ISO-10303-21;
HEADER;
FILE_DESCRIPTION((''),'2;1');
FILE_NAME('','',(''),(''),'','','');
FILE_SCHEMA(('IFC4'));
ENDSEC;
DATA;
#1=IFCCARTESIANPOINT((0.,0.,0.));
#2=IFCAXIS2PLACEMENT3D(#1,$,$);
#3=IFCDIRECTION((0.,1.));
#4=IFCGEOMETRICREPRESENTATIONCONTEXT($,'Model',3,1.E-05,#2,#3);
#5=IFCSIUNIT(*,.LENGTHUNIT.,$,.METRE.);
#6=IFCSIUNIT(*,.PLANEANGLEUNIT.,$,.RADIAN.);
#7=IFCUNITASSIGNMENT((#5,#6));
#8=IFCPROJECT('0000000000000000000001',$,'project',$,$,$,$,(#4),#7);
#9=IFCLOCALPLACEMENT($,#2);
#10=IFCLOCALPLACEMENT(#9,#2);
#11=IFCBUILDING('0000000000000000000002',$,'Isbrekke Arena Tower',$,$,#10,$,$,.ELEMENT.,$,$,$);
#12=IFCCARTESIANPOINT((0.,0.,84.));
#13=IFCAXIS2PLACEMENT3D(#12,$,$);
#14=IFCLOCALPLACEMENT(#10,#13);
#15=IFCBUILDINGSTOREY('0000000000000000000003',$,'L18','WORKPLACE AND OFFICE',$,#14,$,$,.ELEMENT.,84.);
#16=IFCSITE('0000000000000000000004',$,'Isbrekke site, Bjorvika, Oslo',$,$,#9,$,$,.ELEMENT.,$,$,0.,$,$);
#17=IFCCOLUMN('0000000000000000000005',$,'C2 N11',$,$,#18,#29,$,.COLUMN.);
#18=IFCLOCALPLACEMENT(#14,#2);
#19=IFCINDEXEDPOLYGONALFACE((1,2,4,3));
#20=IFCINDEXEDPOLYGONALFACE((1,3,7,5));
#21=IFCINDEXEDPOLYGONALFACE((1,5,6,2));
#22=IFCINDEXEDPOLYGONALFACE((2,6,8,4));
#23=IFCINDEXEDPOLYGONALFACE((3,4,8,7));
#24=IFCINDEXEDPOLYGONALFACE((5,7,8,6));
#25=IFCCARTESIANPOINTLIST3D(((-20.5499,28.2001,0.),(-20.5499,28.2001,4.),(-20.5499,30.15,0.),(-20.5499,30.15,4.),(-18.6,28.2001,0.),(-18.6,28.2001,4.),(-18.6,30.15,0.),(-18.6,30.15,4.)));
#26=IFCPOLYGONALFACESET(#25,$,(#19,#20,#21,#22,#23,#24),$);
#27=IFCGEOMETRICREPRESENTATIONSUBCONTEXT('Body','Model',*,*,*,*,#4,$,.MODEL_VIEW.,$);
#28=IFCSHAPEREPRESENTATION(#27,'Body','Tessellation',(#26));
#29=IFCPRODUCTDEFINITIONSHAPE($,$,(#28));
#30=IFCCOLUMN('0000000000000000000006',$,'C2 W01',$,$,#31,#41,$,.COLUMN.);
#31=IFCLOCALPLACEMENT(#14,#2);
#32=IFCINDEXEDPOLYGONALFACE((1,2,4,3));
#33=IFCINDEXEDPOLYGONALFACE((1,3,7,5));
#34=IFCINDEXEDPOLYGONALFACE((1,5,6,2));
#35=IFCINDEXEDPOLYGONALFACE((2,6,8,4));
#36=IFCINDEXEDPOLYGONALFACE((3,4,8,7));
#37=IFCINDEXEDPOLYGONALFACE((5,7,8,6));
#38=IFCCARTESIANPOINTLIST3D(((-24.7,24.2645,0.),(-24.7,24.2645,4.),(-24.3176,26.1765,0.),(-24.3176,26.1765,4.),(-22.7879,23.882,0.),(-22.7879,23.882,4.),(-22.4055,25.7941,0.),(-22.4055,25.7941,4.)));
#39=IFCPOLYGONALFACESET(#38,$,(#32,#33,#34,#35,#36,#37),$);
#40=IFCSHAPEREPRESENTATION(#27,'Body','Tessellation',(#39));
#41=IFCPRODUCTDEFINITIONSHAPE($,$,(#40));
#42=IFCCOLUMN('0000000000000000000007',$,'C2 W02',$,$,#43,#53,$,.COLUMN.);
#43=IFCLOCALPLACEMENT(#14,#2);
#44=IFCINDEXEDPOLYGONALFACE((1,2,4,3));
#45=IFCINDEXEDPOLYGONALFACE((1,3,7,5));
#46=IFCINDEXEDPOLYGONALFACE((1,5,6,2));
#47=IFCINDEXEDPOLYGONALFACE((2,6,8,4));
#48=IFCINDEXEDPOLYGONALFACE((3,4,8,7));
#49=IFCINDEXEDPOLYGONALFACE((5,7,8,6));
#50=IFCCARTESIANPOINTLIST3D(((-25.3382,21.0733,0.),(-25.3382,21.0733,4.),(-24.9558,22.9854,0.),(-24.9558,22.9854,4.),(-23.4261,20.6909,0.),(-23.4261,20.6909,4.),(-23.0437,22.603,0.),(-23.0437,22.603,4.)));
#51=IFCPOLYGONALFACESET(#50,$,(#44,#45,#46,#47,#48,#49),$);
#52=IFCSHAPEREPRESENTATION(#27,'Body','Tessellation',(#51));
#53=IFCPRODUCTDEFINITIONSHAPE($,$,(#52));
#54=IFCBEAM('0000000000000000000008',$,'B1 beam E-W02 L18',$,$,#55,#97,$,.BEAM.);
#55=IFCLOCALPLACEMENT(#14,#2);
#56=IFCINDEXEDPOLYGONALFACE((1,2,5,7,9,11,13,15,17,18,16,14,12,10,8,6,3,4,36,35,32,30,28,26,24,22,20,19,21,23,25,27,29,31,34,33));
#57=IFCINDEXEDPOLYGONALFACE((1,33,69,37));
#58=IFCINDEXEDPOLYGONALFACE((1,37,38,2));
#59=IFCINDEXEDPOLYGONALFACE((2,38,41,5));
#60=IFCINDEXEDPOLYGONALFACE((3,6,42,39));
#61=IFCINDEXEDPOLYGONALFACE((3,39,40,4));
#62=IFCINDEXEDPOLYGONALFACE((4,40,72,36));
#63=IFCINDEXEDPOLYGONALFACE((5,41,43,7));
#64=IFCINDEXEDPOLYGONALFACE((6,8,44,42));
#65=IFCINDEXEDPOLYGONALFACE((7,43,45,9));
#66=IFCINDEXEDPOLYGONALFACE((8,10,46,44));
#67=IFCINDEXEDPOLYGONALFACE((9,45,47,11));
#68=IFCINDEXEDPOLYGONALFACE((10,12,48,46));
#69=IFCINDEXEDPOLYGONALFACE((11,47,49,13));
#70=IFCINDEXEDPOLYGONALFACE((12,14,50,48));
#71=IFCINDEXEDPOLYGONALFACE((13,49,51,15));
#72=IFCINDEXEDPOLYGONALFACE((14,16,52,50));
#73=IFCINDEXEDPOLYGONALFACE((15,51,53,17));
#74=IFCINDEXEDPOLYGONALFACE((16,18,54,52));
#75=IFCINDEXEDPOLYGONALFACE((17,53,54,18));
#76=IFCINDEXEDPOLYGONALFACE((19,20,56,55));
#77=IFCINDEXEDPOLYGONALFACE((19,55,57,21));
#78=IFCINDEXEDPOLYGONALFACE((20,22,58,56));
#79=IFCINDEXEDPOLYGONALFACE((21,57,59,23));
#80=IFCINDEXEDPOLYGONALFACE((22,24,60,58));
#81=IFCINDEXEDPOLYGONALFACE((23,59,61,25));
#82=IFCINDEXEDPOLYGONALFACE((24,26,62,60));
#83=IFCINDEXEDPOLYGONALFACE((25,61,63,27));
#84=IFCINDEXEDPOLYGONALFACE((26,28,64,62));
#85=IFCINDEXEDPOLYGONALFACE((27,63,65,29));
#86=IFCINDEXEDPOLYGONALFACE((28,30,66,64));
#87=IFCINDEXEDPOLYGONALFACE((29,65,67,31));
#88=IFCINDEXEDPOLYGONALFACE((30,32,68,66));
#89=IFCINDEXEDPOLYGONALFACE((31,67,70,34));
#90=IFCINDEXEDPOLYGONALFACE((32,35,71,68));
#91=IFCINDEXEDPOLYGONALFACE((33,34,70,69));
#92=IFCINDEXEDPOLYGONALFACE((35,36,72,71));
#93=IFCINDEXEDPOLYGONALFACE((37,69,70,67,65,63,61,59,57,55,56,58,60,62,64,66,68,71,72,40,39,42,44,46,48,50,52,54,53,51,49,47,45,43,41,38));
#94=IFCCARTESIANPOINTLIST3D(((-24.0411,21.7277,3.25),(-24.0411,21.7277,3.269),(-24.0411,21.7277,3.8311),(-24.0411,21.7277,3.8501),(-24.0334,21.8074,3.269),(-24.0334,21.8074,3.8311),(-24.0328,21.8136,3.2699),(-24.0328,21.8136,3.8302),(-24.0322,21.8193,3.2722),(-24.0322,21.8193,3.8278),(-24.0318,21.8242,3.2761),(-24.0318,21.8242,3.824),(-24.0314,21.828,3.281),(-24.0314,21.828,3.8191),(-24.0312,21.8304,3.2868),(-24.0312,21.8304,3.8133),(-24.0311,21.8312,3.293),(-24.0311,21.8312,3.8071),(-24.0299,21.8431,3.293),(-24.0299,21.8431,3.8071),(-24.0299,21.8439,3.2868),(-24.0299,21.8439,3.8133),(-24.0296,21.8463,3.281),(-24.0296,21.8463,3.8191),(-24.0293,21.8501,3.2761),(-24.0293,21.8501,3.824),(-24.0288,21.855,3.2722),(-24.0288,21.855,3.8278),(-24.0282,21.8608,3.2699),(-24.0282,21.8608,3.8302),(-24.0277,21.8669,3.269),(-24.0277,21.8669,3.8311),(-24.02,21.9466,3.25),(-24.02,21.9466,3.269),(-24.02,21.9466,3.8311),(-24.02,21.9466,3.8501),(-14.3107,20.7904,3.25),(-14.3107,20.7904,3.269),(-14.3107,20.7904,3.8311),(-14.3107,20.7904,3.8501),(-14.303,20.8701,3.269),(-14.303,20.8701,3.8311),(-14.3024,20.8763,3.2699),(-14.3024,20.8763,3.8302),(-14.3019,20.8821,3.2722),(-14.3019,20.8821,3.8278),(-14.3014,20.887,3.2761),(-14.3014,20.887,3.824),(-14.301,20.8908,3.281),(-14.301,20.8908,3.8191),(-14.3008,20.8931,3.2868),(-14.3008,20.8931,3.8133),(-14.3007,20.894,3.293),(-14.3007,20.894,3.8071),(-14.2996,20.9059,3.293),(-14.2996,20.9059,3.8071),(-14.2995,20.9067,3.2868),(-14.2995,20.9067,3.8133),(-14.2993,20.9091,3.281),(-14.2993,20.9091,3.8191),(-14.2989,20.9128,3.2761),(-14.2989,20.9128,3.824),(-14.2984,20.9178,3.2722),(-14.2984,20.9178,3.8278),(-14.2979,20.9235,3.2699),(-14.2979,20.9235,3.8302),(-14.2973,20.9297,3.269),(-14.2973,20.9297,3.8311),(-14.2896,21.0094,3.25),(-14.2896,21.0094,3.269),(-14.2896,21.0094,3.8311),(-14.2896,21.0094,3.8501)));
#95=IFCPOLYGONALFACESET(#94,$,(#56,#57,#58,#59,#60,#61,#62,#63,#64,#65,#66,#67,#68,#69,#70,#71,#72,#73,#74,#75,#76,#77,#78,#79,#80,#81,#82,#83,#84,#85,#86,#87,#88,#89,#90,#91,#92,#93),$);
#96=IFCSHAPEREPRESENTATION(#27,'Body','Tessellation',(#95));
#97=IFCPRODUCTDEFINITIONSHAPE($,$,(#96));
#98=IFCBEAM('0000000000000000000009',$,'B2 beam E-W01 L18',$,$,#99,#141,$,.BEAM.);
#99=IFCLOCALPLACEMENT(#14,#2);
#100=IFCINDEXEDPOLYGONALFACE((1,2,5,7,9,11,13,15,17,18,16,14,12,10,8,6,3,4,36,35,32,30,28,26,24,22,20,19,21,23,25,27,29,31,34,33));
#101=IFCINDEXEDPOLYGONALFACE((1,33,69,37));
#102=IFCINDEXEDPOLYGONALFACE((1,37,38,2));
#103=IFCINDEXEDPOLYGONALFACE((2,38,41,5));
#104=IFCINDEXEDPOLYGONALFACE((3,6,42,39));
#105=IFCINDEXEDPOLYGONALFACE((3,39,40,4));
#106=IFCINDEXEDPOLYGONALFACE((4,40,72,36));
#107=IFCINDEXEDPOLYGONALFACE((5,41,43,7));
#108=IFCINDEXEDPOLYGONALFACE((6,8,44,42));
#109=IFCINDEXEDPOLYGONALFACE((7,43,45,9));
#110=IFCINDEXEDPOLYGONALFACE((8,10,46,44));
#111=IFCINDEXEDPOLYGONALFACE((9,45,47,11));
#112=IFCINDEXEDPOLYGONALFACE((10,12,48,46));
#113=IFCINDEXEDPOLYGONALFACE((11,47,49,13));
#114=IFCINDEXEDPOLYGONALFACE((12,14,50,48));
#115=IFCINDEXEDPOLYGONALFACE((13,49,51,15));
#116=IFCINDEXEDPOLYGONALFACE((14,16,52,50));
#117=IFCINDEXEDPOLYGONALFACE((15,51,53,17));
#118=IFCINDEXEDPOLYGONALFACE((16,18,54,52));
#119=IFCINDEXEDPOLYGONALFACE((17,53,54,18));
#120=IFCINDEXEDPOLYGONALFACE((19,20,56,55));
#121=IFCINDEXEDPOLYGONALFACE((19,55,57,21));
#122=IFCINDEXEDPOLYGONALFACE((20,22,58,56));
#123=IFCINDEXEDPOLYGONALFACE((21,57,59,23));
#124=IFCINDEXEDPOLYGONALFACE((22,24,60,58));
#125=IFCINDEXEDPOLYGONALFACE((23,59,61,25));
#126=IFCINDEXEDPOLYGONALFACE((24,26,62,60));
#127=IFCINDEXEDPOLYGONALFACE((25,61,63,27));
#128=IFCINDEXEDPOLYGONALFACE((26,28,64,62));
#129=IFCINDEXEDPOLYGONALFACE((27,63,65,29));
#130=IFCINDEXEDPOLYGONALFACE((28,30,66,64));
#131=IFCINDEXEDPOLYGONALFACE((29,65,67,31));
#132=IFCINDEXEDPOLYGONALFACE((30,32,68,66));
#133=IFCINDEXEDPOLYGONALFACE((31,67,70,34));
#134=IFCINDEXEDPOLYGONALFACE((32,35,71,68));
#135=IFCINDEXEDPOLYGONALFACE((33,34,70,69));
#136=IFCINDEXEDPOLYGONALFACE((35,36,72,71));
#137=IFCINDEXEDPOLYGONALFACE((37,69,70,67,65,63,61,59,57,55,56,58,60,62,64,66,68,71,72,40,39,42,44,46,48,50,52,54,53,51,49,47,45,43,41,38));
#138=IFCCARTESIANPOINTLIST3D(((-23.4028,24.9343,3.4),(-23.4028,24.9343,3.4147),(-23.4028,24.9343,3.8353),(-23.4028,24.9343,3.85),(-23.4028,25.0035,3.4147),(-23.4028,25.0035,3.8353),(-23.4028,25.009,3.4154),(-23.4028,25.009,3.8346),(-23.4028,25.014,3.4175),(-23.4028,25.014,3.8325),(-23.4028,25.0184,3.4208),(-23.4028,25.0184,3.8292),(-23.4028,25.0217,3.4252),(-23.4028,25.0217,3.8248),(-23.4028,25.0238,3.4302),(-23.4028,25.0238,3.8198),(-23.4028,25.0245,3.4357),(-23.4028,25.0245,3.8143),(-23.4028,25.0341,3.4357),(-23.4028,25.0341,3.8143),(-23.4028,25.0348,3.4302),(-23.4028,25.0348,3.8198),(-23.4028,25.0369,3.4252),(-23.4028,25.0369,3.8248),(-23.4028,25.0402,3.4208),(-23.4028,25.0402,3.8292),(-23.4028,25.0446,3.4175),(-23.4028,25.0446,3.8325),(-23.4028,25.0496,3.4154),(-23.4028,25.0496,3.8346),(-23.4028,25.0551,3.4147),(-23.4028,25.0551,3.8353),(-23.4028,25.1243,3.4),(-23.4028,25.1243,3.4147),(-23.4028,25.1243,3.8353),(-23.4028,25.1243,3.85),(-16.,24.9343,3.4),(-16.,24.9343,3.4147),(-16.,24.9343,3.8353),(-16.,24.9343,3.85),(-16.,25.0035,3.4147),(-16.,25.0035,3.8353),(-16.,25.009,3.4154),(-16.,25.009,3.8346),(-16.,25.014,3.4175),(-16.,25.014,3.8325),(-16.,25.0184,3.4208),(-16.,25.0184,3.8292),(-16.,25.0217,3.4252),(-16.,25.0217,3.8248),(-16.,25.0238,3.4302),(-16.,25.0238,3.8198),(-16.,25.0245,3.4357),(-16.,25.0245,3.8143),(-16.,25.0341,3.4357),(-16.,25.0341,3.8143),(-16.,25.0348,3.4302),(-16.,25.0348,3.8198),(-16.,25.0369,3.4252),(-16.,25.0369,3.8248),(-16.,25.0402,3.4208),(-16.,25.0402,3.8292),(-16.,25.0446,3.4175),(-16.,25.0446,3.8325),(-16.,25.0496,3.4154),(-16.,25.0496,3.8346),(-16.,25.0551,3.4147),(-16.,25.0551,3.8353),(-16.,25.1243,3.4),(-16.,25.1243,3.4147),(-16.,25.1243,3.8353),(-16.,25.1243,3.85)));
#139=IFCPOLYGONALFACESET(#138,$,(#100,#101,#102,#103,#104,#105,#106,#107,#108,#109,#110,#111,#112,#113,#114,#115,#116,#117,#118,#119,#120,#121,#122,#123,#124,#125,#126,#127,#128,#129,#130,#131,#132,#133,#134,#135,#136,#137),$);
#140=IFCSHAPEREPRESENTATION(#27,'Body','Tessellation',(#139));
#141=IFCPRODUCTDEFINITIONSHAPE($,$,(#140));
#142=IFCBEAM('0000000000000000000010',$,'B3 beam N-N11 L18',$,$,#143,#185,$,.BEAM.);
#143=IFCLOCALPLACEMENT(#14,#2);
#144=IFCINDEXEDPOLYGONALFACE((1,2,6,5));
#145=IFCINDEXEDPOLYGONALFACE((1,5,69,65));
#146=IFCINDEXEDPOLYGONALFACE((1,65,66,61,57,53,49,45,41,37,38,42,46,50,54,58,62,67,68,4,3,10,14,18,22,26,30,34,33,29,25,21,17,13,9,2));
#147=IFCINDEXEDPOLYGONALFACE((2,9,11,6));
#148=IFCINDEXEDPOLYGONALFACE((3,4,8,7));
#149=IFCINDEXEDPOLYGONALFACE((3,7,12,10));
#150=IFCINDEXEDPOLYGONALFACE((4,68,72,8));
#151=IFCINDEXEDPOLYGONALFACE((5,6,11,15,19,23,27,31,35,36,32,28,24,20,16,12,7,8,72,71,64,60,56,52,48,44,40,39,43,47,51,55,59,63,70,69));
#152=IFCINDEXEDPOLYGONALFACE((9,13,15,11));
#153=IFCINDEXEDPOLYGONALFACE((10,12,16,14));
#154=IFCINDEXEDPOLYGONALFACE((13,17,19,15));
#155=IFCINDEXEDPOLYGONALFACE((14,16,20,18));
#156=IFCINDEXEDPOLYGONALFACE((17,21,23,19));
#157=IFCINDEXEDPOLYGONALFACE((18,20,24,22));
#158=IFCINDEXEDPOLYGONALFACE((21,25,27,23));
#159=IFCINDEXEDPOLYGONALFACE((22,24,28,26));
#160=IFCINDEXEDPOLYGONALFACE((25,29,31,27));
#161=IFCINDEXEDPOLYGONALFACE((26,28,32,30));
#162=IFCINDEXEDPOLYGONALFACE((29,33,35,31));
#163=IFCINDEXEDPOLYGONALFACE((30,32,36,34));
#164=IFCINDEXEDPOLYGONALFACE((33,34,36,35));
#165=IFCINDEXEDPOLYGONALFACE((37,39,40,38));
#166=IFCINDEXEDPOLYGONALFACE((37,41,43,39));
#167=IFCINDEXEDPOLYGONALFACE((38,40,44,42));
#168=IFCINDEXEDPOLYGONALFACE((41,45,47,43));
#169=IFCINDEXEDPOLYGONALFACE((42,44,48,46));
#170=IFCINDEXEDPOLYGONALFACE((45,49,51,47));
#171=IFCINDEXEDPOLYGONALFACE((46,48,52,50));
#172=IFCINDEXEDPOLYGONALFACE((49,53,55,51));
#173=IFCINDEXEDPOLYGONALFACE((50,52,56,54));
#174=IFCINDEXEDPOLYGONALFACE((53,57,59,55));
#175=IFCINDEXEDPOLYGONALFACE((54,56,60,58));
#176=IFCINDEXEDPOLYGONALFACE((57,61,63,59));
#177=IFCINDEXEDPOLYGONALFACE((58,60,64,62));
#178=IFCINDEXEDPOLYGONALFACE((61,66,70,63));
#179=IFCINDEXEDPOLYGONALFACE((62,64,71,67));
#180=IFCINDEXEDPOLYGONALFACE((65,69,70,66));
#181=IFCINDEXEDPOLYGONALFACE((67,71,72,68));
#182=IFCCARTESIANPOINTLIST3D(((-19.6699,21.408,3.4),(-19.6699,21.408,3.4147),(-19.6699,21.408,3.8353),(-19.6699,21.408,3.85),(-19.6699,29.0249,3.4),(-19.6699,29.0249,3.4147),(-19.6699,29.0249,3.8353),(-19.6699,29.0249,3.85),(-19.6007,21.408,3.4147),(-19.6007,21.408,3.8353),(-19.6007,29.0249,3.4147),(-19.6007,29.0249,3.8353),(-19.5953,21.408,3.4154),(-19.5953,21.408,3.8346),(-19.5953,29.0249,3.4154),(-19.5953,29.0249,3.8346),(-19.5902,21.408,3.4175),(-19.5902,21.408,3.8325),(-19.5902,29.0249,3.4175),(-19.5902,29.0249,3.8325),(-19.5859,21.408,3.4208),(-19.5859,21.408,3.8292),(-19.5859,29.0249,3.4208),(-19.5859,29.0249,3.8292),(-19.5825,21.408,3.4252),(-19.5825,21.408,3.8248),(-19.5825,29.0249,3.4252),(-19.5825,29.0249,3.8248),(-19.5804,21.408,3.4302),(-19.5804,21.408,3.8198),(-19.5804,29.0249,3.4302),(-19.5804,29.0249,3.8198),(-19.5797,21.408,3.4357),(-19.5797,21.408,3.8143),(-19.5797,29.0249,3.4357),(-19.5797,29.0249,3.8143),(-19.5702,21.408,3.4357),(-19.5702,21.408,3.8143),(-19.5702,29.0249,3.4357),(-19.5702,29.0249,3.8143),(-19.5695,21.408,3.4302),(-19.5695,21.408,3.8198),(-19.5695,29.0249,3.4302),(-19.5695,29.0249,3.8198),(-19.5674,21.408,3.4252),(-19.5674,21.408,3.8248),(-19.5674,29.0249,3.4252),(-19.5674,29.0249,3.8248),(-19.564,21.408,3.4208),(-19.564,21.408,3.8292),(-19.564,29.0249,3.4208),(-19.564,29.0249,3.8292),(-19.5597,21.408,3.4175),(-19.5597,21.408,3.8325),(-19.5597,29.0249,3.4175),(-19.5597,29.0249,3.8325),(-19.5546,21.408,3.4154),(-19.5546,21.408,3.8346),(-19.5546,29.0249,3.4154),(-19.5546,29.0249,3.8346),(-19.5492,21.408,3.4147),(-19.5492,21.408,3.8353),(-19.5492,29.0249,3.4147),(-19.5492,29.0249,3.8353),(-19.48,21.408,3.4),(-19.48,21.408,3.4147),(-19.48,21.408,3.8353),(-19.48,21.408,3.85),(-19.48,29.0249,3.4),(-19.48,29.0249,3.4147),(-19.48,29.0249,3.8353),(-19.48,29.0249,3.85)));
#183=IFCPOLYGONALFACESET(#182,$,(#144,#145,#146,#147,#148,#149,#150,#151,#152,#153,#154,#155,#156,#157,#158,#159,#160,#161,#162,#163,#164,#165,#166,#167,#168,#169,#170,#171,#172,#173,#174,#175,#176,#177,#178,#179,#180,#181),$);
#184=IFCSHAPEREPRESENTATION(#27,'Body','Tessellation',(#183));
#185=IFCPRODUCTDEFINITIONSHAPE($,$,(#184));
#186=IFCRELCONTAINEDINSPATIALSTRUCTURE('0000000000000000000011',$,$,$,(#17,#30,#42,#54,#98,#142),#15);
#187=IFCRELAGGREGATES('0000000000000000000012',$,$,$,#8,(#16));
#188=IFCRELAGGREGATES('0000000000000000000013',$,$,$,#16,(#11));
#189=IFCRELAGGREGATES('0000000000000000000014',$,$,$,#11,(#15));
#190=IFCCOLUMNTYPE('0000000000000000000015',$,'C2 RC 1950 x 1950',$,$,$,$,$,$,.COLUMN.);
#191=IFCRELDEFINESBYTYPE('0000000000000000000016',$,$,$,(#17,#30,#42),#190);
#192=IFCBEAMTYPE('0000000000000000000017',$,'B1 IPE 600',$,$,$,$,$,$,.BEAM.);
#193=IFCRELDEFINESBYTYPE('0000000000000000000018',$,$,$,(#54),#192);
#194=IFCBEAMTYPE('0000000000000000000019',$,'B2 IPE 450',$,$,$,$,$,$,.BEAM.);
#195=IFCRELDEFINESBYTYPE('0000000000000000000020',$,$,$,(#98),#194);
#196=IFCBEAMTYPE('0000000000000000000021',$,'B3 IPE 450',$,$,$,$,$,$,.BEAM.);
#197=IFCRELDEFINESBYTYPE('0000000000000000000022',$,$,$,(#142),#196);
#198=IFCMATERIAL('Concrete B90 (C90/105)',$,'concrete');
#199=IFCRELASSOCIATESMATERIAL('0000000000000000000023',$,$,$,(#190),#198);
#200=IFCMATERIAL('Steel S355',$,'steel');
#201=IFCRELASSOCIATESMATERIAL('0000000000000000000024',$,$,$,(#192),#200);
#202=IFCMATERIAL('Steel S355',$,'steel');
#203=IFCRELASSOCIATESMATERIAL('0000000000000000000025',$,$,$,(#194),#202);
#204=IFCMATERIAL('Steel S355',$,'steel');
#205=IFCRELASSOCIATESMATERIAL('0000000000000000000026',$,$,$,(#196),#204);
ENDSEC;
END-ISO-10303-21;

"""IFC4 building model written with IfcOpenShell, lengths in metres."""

from ifc_helpers import new_model, si_unit, direction, frame, origin, origin_2d, place, context, subcontext, project, spatial, rectangle, i_section, extrude, material, material_profile, profile_set, type_object, element, save


model = new_model("IFC4")

# Units and contexts
model_context = context("Model", 3, precision=1e-05, world=origin(), true_north=direction((0.0, 1.0)))
body_context = subcontext(model_context, "Body", "Model", "MODEL_VIEW")
ifc_project = project(units=[si_unit("LENGTHUNIT", "METRE"), si_unit("PLANEANGLEUNIT", "RADIAN")], contexts=[model_context])

# Site, building, storey
site_placement = place(None, origin())
site = spatial("IfcSite", under=ifc_project, at=site_placement, Name="Isbrekke site, Bjorvika, Oslo", CompositionType="ELEMENT", RefElevation=0.0)
building_placement = place(site_placement, origin())
building = spatial("IfcBuilding", under=site, at=building_placement, Name="Isbrekke Arena Tower", CompositionType="ELEMENT")
storey_placement = place(building_placement, frame((0.0, 0.0, 84.0)))
storey = spatial("IfcBuildingStorey", under=building, at=storey_placement, Name="L18", Description="WORKPLACE AND OFFICE", CompositionType="ELEMENT", Elevation=84.0)

# Columns
ifc_material_1 = material(Name="Concrete B90 (C90/105)", Category="concrete")
ifc_material_profile_1 = material_profile(ifc_material_1, rectangle(XDim=1.95, YDim=1.95, at=origin_2d()), Name="RC 1950x1950")
ifc_profile_set_1 = profile_set([ifc_material_profile_1], Name="Concrete B90 (C90/105)")
column_type = type_object("IfcColumnType", Name="C2 RC 1950 x 1950", PredefinedType="COLUMN", material=ifc_profile_set_1)
for number, where, z_axis, x_axis, name in (
    (1, (-19.575, 29.175, 0.0), (0.0, 0.0, 1.0), (-1.0, 0.0, 0.0), "C2 N11"),
    (2, (-23.5527, 25.0293, 0.0), (0.0, 0.0, 1.0), (-0.196116, -0.980581, 0.0), "C2 W01"),
    (3, (-24.1909, 21.8381, 0.0), (0.0, 0.0, 1.0), (-0.196116, -0.980581, 0.0), "C2 W02"),
):
    element("IfcColumn", number, at=place(storey_placement, frame(where, z_axis=z_axis, x_axis=x_axis)), inside=storey, type_object=column_type, Name=name, PredefinedType="COLUMN", context=body_context, shape_type="SweptSolid", body=[
        extrude(rectangle(XDim=1.95, YDim=1.95, at=origin_2d()), origin(), (0.0, 0.0, 1.0), 4.0),
    ])

# Beams
ifc_material_2 = material(Name="Steel S355", Category="steel")
ifc_material_profile_2 = material_profile(ifc_material_2, i_section(OverallWidth=0.22, OverallDepth=0.6001, WebThickness=0.012, FlangeThickness=0.019, FilletRadius=0.0239, at=origin_2d()), Name="IPE 600")
ifc_profile_set_2 = profile_set([ifc_material_profile_2], Name="Steel S355")
beam_type_1 = type_object("IfcBeamType", Name="B1 IPE 600", PredefinedType="BEAM", material=ifc_profile_set_2)
beam_1_placement = place(storey_placement, frame((-24.0305, 21.8372, 3.55), z_axis=(0.995393, -0.095878, 0.0), x_axis=(0.095878, 0.995393, 0.0)))
element("IfcBeam", 4, at=beam_1_placement, inside=storey, type_object=beam_type_1, Name="B1 beam E-W02 L18", PredefinedType="BEAM", context=body_context, shape_type="SweptSolid", body=[
    extrude(i_section(OverallWidth=0.22, OverallDepth=0.6001, WebThickness=0.012, FlangeThickness=0.019, FilletRadius=0.0239, at=origin_2d()), origin(), (0.0, 0.0, 1.0), 9.7754),
])
ifc_material_3 = material(Name="Steel S355", Category="steel")
ifc_material_profile_3 = material_profile(ifc_material_3, i_section(OverallWidth=0.1899, OverallDepth=0.45, WebThickness=0.0095, FlangeThickness=0.0146, FilletRadius=0.021, at=origin_2d()), Name="IPE 450")
ifc_profile_set_3 = profile_set([ifc_material_profile_3], Name="Steel S355")
beam_type_2 = type_object("IfcBeamType", Name="B2 IPE 450", PredefinedType="BEAM", material=ifc_profile_set_3)
beam_2_placement = place(storey_placement, frame((-23.4028, 25.0293, 3.625), z_axis=(1.0, 0.0, 0.0), x_axis=(0.0, 1.0, 0.0)))
element("IfcBeam", 5, at=beam_2_placement, inside=storey, type_object=beam_type_2, Name="B2 beam E-W01 L18", PredefinedType="BEAM", context=body_context, shape_type="SweptSolid", body=[
    extrude(i_section(OverallWidth=0.1899, OverallDepth=0.45, WebThickness=0.0095, FlangeThickness=0.0146, FilletRadius=0.021, at=origin_2d()), origin(), (0.0, 0.0, 1.0), 7.4028),
])
ifc_material_4 = material(Name="Steel S355", Category="steel")
ifc_material_profile_4 = material_profile(ifc_material_4, i_section(OverallWidth=0.1899, OverallDepth=0.45, WebThickness=0.0095, FlangeThickness=0.0146, FilletRadius=0.021, at=origin_2d()), Name="IPE 450")
ifc_profile_set_4 = profile_set([ifc_material_profile_4], Name="Steel S355")
beam_type_3 = type_object("IfcBeamType", Name="B3 IPE 450", PredefinedType="BEAM", material=ifc_profile_set_4)
beam_3_placement = place(storey_placement, frame((-19.575, 29.0249, 3.625), z_axis=(0.0, -1.0, 0.0), x_axis=(1.0, 0.0, 0.0)))
element("IfcBeam", 6, at=beam_3_placement, inside=storey, type_object=beam_type_3, Name="B3 beam N-N11 L18", PredefinedType="BEAM", context=body_context, shape_type="SweptSolid", body=[
    extrude(i_section(OverallWidth=0.1899, OverallDepth=0.45, WebThickness=0.0095, FlangeThickness=0.0146, FilletRadius=0.021, at=origin_2d()), origin(), (0.0, 0.0, 1.0), 7.6169),
])

save(model, "model.ifc")
